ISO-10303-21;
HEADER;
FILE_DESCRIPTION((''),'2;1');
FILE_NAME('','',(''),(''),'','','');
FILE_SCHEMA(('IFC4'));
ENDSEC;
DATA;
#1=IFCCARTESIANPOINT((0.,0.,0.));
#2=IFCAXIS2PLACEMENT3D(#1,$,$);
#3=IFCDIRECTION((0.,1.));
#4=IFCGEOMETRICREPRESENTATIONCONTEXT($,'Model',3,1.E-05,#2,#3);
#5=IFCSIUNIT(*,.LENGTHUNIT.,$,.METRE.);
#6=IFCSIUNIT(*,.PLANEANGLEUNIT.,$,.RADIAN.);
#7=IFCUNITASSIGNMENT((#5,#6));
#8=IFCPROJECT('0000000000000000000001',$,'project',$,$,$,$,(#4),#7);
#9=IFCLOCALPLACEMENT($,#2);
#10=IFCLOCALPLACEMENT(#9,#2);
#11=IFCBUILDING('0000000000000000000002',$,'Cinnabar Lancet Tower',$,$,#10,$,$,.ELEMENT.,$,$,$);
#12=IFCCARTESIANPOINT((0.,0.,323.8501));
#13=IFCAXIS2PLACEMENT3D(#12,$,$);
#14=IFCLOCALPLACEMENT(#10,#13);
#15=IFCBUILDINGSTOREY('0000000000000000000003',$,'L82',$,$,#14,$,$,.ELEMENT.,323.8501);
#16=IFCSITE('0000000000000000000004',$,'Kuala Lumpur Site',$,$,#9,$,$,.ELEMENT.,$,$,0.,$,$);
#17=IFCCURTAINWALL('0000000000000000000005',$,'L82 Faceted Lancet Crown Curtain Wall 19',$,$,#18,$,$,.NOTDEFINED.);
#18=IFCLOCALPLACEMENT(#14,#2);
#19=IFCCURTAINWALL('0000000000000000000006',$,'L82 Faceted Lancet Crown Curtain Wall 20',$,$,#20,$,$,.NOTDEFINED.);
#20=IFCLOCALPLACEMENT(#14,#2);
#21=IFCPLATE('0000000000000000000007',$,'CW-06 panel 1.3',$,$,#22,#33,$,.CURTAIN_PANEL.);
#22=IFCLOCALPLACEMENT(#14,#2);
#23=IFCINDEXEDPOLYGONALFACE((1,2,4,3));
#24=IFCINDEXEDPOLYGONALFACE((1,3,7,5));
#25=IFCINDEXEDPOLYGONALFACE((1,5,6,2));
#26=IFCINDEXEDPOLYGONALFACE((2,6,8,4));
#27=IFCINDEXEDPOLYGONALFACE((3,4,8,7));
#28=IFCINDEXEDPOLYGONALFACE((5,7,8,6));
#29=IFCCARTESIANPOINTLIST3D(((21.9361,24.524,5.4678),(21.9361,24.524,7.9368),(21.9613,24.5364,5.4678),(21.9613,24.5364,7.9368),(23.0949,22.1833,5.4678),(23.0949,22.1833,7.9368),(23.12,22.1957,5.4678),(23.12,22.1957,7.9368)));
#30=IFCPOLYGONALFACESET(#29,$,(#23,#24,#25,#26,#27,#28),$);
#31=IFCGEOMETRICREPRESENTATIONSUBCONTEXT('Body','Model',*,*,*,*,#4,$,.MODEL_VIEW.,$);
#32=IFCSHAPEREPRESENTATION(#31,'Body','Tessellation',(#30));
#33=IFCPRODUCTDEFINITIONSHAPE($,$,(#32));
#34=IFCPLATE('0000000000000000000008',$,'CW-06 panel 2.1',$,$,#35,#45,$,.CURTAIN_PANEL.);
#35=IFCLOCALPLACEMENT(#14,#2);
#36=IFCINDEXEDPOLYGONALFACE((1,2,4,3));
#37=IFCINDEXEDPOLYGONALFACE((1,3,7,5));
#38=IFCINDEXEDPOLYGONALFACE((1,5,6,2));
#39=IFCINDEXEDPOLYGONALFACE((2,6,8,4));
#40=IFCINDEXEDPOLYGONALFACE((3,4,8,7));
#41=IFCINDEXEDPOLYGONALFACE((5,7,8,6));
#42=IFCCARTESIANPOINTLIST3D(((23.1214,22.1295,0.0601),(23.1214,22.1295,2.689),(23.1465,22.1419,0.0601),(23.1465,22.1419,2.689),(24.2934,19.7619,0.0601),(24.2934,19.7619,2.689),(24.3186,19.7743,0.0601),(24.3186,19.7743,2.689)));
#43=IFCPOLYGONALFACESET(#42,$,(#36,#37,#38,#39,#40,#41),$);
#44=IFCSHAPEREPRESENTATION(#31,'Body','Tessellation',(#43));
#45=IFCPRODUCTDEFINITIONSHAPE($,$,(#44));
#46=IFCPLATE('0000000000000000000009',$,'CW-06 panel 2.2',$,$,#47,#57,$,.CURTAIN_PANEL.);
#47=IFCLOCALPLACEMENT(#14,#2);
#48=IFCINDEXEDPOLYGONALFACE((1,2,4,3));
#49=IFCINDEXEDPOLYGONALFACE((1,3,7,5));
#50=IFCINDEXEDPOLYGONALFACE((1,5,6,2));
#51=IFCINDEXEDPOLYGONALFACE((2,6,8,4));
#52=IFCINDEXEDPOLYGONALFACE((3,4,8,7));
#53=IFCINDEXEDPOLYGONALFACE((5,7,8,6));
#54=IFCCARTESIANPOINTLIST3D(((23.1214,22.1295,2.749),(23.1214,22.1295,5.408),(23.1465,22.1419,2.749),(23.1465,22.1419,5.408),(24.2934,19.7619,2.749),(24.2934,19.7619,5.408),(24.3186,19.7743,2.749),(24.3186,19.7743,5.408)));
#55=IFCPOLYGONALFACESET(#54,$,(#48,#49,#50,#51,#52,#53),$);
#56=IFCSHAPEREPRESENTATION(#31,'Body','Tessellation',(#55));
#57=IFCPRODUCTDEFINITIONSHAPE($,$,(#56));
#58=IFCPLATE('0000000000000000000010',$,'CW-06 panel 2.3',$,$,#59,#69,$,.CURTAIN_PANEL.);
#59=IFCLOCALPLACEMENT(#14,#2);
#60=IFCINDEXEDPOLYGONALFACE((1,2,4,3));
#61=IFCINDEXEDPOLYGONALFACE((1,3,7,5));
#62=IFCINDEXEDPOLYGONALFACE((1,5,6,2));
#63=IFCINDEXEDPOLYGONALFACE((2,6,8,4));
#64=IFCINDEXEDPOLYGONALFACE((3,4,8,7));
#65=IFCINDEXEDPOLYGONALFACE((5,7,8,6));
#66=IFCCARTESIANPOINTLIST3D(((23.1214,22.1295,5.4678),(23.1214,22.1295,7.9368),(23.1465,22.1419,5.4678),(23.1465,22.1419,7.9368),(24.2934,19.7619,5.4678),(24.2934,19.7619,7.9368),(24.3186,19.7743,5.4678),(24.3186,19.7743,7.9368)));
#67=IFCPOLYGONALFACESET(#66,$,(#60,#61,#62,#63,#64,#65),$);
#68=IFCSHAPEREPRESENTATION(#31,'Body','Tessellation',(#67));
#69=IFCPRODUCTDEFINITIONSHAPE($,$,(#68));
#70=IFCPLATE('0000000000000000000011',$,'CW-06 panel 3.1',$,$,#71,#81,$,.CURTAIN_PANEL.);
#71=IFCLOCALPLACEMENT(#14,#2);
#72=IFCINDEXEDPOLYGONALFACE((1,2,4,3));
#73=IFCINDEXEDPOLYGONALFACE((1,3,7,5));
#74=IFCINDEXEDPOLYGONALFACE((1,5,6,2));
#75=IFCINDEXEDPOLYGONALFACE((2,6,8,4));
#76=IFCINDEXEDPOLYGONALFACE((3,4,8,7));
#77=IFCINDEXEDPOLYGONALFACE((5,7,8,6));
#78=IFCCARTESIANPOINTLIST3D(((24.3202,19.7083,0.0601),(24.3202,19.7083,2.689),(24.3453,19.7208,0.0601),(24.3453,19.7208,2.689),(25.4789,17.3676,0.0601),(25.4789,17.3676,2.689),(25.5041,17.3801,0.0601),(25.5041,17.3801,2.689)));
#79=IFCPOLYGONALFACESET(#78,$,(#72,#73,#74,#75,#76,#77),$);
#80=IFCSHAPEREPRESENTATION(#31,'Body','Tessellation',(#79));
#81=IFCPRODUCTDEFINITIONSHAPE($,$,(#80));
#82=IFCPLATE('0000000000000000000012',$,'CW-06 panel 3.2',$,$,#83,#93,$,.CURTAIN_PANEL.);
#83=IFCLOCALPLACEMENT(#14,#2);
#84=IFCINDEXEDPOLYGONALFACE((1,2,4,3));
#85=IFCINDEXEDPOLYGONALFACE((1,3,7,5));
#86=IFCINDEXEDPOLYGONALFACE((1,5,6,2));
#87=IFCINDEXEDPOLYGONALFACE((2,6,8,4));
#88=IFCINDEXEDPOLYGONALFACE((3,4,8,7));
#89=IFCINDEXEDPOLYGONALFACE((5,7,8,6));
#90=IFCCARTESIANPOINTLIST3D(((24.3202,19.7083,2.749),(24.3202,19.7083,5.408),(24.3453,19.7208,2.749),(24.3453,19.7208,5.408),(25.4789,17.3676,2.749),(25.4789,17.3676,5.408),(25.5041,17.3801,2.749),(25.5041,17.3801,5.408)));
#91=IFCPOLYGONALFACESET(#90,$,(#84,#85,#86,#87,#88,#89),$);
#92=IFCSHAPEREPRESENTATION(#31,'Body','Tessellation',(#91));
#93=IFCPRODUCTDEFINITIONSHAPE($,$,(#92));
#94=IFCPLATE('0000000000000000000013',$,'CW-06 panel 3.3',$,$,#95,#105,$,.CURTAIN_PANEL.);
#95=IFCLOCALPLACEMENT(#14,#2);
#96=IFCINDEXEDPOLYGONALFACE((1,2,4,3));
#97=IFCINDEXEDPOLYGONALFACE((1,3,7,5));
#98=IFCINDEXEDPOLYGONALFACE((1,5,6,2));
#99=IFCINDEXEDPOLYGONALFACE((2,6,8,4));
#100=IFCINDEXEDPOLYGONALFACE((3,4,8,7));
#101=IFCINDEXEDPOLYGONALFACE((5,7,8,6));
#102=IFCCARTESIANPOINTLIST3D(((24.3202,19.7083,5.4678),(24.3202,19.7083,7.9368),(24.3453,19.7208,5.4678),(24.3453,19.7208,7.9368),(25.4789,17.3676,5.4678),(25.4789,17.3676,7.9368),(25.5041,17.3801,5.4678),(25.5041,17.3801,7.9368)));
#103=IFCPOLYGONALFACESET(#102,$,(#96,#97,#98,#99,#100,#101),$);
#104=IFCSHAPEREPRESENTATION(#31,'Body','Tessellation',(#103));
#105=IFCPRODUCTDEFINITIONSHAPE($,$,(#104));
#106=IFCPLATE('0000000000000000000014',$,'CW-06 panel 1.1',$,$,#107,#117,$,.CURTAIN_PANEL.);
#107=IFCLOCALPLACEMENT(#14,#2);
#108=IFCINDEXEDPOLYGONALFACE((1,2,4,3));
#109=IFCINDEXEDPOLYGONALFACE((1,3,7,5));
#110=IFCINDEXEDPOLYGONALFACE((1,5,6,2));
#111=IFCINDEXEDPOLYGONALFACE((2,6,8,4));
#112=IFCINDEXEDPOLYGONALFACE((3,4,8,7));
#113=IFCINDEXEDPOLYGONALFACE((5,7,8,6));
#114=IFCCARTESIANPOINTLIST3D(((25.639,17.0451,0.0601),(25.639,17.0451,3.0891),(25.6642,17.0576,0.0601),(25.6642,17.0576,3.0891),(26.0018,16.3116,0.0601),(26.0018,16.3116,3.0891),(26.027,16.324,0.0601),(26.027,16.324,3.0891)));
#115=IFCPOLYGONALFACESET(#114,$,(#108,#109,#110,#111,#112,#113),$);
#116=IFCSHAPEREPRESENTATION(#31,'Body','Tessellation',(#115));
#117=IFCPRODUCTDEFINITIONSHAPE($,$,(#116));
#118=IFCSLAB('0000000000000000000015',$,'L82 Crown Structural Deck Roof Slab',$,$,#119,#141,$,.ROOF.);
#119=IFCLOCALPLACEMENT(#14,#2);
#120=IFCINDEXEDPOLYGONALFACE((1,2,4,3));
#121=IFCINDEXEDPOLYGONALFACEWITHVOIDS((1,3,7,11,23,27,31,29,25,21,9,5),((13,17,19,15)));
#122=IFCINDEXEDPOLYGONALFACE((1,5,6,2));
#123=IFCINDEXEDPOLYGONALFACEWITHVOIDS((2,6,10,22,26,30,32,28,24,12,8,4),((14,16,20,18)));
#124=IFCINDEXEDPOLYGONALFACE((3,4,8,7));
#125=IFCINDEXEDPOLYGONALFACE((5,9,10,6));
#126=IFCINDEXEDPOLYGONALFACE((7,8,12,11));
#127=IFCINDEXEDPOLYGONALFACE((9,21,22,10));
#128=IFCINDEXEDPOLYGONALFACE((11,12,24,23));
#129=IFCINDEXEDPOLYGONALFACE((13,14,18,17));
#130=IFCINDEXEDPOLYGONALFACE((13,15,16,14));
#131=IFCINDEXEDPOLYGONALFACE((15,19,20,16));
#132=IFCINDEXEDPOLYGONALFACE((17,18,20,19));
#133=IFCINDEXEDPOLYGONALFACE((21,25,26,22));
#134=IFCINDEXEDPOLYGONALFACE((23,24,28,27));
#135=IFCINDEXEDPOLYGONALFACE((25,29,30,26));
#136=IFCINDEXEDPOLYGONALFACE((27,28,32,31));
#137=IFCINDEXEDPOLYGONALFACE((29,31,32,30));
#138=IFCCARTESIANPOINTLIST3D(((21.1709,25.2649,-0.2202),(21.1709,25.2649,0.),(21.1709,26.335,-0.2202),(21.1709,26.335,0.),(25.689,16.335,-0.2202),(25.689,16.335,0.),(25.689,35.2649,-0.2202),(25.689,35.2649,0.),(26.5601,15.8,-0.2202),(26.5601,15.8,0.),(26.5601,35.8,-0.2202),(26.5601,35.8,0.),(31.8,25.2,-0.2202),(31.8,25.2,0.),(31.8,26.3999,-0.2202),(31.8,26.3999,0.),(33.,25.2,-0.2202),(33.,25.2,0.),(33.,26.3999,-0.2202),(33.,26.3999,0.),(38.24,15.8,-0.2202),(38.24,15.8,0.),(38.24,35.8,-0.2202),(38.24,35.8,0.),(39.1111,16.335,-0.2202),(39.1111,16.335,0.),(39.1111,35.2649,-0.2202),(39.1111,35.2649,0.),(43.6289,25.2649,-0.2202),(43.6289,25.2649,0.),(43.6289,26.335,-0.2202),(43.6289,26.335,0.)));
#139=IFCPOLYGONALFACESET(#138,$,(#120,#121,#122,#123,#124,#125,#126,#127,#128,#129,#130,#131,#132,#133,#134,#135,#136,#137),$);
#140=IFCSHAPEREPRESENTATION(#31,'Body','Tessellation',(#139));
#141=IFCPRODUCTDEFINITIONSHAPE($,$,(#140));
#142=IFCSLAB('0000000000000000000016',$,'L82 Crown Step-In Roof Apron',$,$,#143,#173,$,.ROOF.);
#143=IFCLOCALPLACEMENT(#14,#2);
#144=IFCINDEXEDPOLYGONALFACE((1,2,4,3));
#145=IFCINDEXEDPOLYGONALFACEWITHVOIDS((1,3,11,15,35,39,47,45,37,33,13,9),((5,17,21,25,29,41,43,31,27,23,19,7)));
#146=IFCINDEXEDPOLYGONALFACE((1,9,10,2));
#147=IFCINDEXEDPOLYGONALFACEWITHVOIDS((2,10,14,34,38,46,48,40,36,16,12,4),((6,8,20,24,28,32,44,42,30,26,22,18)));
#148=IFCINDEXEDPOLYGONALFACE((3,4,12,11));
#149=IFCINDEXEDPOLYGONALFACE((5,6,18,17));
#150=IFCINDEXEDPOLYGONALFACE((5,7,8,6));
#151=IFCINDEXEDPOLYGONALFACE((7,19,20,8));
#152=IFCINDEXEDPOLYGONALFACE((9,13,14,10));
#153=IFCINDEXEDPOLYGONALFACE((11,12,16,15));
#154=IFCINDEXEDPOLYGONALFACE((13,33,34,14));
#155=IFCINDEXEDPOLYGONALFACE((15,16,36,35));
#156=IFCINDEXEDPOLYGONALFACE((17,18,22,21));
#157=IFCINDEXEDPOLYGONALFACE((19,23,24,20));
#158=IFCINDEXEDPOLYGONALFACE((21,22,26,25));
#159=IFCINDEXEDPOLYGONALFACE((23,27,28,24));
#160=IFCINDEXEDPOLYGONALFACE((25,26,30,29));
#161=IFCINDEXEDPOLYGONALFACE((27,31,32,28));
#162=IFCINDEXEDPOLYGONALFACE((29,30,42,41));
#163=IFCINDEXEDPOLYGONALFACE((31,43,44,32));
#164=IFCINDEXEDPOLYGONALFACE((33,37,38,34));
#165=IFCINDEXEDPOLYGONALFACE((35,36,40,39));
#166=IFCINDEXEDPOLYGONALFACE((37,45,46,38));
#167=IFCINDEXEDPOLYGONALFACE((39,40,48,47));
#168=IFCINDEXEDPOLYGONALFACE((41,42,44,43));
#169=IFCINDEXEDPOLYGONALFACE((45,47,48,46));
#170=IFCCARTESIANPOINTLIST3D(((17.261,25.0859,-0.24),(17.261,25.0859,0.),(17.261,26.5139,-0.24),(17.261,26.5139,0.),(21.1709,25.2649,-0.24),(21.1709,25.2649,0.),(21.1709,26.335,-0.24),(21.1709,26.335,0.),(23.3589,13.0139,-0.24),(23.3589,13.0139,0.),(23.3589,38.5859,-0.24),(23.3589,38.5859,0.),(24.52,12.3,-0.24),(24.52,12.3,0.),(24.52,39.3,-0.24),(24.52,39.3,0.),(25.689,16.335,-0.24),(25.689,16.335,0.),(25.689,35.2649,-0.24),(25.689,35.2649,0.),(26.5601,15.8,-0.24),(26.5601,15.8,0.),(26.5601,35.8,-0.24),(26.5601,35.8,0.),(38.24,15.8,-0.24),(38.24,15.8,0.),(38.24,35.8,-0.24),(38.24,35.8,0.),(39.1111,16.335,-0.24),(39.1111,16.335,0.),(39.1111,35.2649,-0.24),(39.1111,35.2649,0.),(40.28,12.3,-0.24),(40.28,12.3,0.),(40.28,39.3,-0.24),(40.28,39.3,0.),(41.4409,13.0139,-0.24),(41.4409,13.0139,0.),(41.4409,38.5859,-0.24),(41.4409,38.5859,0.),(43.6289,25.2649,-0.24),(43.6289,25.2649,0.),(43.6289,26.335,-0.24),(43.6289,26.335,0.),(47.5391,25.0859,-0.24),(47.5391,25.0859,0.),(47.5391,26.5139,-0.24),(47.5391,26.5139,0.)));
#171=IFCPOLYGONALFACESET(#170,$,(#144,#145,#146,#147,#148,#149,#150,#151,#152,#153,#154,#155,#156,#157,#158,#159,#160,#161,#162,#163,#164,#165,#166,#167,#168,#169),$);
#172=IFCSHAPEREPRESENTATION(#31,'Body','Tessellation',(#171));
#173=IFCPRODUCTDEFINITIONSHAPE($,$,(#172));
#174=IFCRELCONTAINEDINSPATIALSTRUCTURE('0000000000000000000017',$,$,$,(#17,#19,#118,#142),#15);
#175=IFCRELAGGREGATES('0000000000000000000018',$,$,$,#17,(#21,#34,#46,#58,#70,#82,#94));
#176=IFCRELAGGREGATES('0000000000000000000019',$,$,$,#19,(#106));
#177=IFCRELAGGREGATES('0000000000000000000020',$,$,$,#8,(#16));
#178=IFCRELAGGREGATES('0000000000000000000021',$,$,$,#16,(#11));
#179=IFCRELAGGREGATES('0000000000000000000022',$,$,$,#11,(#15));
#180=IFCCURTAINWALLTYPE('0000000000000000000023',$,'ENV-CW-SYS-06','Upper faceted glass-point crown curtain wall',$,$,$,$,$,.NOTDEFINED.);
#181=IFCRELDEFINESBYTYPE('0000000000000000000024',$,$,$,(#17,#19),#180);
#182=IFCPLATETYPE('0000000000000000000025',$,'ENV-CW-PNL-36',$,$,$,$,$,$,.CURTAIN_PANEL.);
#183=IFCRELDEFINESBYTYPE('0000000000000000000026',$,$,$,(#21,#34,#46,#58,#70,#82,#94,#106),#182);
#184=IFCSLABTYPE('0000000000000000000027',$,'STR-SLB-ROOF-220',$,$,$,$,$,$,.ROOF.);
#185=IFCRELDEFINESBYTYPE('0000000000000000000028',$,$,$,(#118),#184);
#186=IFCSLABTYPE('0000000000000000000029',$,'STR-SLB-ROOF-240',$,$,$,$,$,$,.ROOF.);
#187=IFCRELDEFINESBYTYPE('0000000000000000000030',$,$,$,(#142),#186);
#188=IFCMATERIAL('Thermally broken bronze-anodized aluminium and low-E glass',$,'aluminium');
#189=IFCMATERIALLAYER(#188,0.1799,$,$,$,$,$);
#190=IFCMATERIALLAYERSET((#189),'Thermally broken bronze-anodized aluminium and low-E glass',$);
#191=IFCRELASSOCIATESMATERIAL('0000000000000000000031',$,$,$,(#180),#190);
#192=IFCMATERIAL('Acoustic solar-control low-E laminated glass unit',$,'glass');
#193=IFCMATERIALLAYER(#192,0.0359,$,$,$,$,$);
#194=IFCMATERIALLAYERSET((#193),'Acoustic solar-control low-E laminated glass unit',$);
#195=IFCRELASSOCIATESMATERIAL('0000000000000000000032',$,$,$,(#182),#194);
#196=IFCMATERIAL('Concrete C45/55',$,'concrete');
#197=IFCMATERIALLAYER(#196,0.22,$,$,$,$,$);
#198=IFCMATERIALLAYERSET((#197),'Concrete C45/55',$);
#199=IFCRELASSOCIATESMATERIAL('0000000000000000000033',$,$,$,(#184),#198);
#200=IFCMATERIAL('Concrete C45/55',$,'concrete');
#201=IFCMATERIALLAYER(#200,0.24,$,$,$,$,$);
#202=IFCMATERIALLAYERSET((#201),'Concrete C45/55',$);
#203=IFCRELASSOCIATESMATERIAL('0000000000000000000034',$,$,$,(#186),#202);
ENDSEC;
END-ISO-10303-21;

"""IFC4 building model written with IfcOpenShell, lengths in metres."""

from ifc_helpers import new_model, si_unit, direction, frame, origin, origin_2d, place, context, subcontext, project, spatial, polyline, rectangle, outline, extrude, material, layer, layer_set, type_object, element, aggregate, save


model = new_model("IFC4")

# Units and contexts
model_context = context("Model", 3, precision=1e-05, world=origin(), true_north=direction((0.0, 1.0)))
body_context = subcontext(model_context, "Body", "Model", "MODEL_VIEW")
ifc_project = project(units=[si_unit("LENGTHUNIT", "METRE"), si_unit("PLANEANGLEUNIT", "RADIAN")], contexts=[model_context])

# Site, building, storey
site_placement = place(None, origin())
site = spatial("IfcSite", under=ifc_project, at=site_placement, Name="Kuala Lumpur Site", CompositionType="ELEMENT", RefElevation=0.0)
building_placement = place(site_placement, origin())
building = spatial("IfcBuilding", under=site, at=building_placement, Name="Cinnabar Lancet Tower", CompositionType="ELEMENT")
storey_placement = place(building_placement, frame((0.0, 0.0, 323.8501)))
storey = spatial("IfcBuildingStorey", under=building, at=storey_placement, Name="L82", CompositionType="ELEMENT", Elevation=323.8501)

# Curtain wall
ifc_material_1 = material(Name="Thermally broken bronze-anodized aluminium and low-E glass", Category="aluminium")
ifc_layer_1 = layer(ifc_material_1, 0.1799)
ifc_layer_set_1 = layer_set([ifc_layer_1], Name="Thermally broken bronze-anodized aluminium and low-E glass")
curtain_wall_type = type_object("IfcCurtainWallType", Name="ENV-CW-SYS-06", Description="Upper faceted glass-point crown curtain wall", PredefinedType="NOTDEFINED", material=ifc_layer_set_1)
curtain_wall_1_placement = place(storey_placement, origin())
curtain_wall_1 = element("IfcCurtainWall", 1, at=curtain_wall_1_placement, inside=storey, type_object=curtain_wall_type, Name="L82 Faceted Lancet Crown Curtain Wall 19", PredefinedType="NOTDEFINED")

# Curtain wall
curtain_wall_2_placement = place(storey_placement, origin())
curtain_wall_2 = element("IfcCurtainWall", 2, at=curtain_wall_2_placement, inside=storey, type_object=curtain_wall_type, Name="L82 Faceted Lancet Crown Curtain Wall 20", PredefinedType="NOTDEFINED")

# Plates
ifc_material_2 = material(Name="Acoustic solar-control low-E laminated glass unit", Category="glass")
ifc_layer_2 = layer(ifc_material_2, 0.0359)
ifc_layer_set_2 = layer_set([ifc_layer_2], Name="Acoustic solar-control low-E laminated glass unit")
plate_type = type_object("IfcPlateType", Name="ENV-CW-PNL-36", PredefinedType="CURTAIN_PANEL", material=ifc_layer_set_2)
plate_1_placement = place(storey_placement, frame((22.5281, 23.3599, 5.4678), z_axis=(0.0, 0.0, 1.0), x_axis=(0.443657, -0.896197, 0.0)))
plate_1 = element("IfcPlate", 3, at=plate_1_placement, type_object=plate_type, Name="CW-06 panel 1.3", PredefinedType="CURTAIN_PANEL", context=body_context, shape_type="SweptSolid", body=[
    extrude(rectangle(XDim=2.6118, YDim=0.0281, at=origin_2d()), origin(), (0.0, 0.0, 1.0), 2.469),
])
plate_2_placement = place(storey_placement, frame((23.72, 20.9519, 0.0601), z_axis=(0.0, 0.0, 1.0), x_axis=(0.443657, -0.896197, 0.0)))
plate_2 = element("IfcPlate", 4, at=plate_2_placement, type_object=plate_type, Name="CW-06 panel 2.1", PredefinedType="CURTAIN_PANEL", context=body_context, shape_type="SweptSolid", body=[
    extrude(rectangle(XDim=2.6418, YDim=0.0281, at=origin_2d()), origin(), (0.0, 0.0, 1.0), 2.6289),
])
plate_3_placement = place(storey_placement, frame((23.72, 20.9519, 2.749), z_axis=(0.0, 0.0, 1.0), x_axis=(0.443657, -0.896197, 0.0)))
plate_3 = element("IfcPlate", 5, at=plate_3_placement, type_object=plate_type, Name="CW-06 panel 2.2", PredefinedType="CURTAIN_PANEL", context=body_context, shape_type="SweptSolid", body=[
    extrude(rectangle(XDim=2.6418, YDim=0.0281, at=origin_2d()), origin(), (0.0, 0.0, 1.0), 2.6589),
])
plate_4_placement = place(storey_placement, frame((23.72, 20.9519, 5.4678), z_axis=(0.0, 0.0, 1.0), x_axis=(0.443657, -0.896197, 0.0)))
plate_4 = element("IfcPlate", 6, at=plate_4_placement, type_object=plate_type, Name="CW-06 panel 2.3", PredefinedType="CURTAIN_PANEL", context=body_context, shape_type="SweptSolid", body=[
    extrude(rectangle(XDim=2.6418, YDim=0.0281, at=origin_2d()), origin(), (0.0, 0.0, 1.0), 2.469),
])
plate_5_placement = place(storey_placement, frame((24.9121, 18.5442, 0.0601), z_axis=(0.0, 0.0, 1.0), x_axis=(0.443657, -0.896197, 0.0)))
plate_5 = element("IfcPlate", 7, at=plate_5_placement, type_object=plate_type, Name="CW-06 panel 3.1", PredefinedType="CURTAIN_PANEL", context=body_context, shape_type="SweptSolid", body=[
    extrude(rectangle(XDim=2.6118, YDim=0.0281, at=origin_2d()), origin(), (0.0, 0.0, 1.0), 2.6289),
])
plate_6_placement = place(storey_placement, frame((24.9121, 18.5442, 2.749), z_axis=(0.0, 0.0, 1.0), x_axis=(0.443657, -0.896197, 0.0)))
plate_6 = element("IfcPlate", 8, at=plate_6_placement, type_object=plate_type, Name="CW-06 panel 3.2", PredefinedType="CURTAIN_PANEL", context=body_context, shape_type="SweptSolid", body=[
    extrude(rectangle(XDim=2.6118, YDim=0.0281, at=origin_2d()), origin(), (0.0, 0.0, 1.0), 2.6589),
])
plate_7_placement = place(storey_placement, frame((24.9121, 18.5442, 5.4678), z_axis=(0.0, 0.0, 1.0), x_axis=(0.443657, -0.896197, 0.0)))
plate_7 = element("IfcPlate", 9, at=plate_7_placement, type_object=plate_type, Name="CW-06 panel 3.3", PredefinedType="CURTAIN_PANEL", context=body_context, shape_type="SweptSolid", body=[
    extrude(rectangle(XDim=2.6118, YDim=0.0281, at=origin_2d()), origin(), (0.0, 0.0, 1.0), 2.469),
])
aggregate(curtain_wall_1, [plate_1, plate_2, plate_3, plate_4, plate_5, plate_6, plate_7])
plate_8_placement = place(storey_placement, frame((25.833, 16.6846, 0.0601), z_axis=(0.0, 0.0, 1.0), x_axis=(0.443373, -0.896337, 0.0)))
plate_8 = element("IfcPlate", 10, at=plate_8_placement, type_object=plate_type, Name="CW-06 panel 1.1", PredefinedType="CURTAIN_PANEL", context=body_context, shape_type="SweptSolid", body=[
    extrude(rectangle(XDim=0.8184, YDim=0.0281, at=origin_2d()), origin(), (0.0, 0.0, 1.0), 3.0291),
])
aggregate(curtain_wall_2, [plate_8])

# Slabs
ifc_material_3 = material(Name="Concrete C45/55", Category="concrete")
ifc_layer_3 = layer(ifc_material_3, 0.22)
ifc_layer_set_3 = layer_set([ifc_layer_3], Name="Concrete C45/55")
slab_type_1 = type_object("IfcSlabType", Name="STR-SLB-ROOF-220", PredefinedType="ROOF", material=ifc_layer_set_3)
slab_1_placement = place(storey_placement, frame((0.0, 0.0, -0.2202)))
element("IfcSlab", 11, at=slab_1_placement, inside=storey, type_object=slab_type_1, Name="L82 Crown Structural Deck Roof Slab", PredefinedType="ROOF", context=body_context, shape_type="SweptSolid", body=[
    extrude(outline(polyline([(25.689, 16.335), (26.5601, 15.8), (38.24, 15.8), (39.1111, 16.335), (43.6289, 25.2649), (43.6289, 26.335), (39.1111, 35.2649), (38.24, 35.8), (26.5601, 35.8), (25.689, 35.2649), (21.1709, 26.335), (21.1709, 25.2649), (25.689, 16.335)]), holes=[polyline([(31.8, 25.2), (33.0, 25.2), (33.0, 26.3999), (31.8, 26.3999), (31.8, 25.2)])]), origin(), (0.0, 0.0, 1.0), 0.2202),
])
ifc_material_4 = material(Name="Concrete C45/55", Category="concrete")
ifc_layer_4 = layer(ifc_material_4, 0.24)
ifc_layer_set_4 = layer_set([ifc_layer_4], Name="Concrete C45/55")
slab_type_2 = type_object("IfcSlabType", Name="STR-SLB-ROOF-240", PredefinedType="ROOF", material=ifc_layer_set_4)
slab_2_placement = place(storey_placement, frame((0.0, 0.0, -0.24)))
element("IfcSlab", 12, at=slab_2_placement, inside=storey, type_object=slab_type_2, Name="L82 Crown Step-In Roof Apron", PredefinedType="ROOF", context=body_context, shape_type="SweptSolid", body=[
    extrude(outline(polyline([(23.3589, 13.0139), (24.52, 12.3), (40.28, 12.3), (41.4409, 13.0139), (47.5391, 25.0859), (47.5391, 26.5139), (41.4409, 38.5859), (40.28, 39.3), (24.52, 39.3), (23.3589, 38.5859), (17.261, 26.5139), (17.261, 25.0859), (23.3589, 13.0139)]), holes=[polyline([(25.689, 16.335), (26.5601, 15.8), (38.24, 15.8), (39.1111, 16.335), (43.6289, 25.2649), (43.6289, 26.335), (39.1111, 35.2649), (38.24, 35.8), (26.5601, 35.8), (25.689, 35.2649), (21.1709, 26.335), (21.1709, 25.2649), (25.689, 16.335)])]), origin(), (0.0, 0.0, 1.0), 0.24),
])

save(model, "model.ifc")
